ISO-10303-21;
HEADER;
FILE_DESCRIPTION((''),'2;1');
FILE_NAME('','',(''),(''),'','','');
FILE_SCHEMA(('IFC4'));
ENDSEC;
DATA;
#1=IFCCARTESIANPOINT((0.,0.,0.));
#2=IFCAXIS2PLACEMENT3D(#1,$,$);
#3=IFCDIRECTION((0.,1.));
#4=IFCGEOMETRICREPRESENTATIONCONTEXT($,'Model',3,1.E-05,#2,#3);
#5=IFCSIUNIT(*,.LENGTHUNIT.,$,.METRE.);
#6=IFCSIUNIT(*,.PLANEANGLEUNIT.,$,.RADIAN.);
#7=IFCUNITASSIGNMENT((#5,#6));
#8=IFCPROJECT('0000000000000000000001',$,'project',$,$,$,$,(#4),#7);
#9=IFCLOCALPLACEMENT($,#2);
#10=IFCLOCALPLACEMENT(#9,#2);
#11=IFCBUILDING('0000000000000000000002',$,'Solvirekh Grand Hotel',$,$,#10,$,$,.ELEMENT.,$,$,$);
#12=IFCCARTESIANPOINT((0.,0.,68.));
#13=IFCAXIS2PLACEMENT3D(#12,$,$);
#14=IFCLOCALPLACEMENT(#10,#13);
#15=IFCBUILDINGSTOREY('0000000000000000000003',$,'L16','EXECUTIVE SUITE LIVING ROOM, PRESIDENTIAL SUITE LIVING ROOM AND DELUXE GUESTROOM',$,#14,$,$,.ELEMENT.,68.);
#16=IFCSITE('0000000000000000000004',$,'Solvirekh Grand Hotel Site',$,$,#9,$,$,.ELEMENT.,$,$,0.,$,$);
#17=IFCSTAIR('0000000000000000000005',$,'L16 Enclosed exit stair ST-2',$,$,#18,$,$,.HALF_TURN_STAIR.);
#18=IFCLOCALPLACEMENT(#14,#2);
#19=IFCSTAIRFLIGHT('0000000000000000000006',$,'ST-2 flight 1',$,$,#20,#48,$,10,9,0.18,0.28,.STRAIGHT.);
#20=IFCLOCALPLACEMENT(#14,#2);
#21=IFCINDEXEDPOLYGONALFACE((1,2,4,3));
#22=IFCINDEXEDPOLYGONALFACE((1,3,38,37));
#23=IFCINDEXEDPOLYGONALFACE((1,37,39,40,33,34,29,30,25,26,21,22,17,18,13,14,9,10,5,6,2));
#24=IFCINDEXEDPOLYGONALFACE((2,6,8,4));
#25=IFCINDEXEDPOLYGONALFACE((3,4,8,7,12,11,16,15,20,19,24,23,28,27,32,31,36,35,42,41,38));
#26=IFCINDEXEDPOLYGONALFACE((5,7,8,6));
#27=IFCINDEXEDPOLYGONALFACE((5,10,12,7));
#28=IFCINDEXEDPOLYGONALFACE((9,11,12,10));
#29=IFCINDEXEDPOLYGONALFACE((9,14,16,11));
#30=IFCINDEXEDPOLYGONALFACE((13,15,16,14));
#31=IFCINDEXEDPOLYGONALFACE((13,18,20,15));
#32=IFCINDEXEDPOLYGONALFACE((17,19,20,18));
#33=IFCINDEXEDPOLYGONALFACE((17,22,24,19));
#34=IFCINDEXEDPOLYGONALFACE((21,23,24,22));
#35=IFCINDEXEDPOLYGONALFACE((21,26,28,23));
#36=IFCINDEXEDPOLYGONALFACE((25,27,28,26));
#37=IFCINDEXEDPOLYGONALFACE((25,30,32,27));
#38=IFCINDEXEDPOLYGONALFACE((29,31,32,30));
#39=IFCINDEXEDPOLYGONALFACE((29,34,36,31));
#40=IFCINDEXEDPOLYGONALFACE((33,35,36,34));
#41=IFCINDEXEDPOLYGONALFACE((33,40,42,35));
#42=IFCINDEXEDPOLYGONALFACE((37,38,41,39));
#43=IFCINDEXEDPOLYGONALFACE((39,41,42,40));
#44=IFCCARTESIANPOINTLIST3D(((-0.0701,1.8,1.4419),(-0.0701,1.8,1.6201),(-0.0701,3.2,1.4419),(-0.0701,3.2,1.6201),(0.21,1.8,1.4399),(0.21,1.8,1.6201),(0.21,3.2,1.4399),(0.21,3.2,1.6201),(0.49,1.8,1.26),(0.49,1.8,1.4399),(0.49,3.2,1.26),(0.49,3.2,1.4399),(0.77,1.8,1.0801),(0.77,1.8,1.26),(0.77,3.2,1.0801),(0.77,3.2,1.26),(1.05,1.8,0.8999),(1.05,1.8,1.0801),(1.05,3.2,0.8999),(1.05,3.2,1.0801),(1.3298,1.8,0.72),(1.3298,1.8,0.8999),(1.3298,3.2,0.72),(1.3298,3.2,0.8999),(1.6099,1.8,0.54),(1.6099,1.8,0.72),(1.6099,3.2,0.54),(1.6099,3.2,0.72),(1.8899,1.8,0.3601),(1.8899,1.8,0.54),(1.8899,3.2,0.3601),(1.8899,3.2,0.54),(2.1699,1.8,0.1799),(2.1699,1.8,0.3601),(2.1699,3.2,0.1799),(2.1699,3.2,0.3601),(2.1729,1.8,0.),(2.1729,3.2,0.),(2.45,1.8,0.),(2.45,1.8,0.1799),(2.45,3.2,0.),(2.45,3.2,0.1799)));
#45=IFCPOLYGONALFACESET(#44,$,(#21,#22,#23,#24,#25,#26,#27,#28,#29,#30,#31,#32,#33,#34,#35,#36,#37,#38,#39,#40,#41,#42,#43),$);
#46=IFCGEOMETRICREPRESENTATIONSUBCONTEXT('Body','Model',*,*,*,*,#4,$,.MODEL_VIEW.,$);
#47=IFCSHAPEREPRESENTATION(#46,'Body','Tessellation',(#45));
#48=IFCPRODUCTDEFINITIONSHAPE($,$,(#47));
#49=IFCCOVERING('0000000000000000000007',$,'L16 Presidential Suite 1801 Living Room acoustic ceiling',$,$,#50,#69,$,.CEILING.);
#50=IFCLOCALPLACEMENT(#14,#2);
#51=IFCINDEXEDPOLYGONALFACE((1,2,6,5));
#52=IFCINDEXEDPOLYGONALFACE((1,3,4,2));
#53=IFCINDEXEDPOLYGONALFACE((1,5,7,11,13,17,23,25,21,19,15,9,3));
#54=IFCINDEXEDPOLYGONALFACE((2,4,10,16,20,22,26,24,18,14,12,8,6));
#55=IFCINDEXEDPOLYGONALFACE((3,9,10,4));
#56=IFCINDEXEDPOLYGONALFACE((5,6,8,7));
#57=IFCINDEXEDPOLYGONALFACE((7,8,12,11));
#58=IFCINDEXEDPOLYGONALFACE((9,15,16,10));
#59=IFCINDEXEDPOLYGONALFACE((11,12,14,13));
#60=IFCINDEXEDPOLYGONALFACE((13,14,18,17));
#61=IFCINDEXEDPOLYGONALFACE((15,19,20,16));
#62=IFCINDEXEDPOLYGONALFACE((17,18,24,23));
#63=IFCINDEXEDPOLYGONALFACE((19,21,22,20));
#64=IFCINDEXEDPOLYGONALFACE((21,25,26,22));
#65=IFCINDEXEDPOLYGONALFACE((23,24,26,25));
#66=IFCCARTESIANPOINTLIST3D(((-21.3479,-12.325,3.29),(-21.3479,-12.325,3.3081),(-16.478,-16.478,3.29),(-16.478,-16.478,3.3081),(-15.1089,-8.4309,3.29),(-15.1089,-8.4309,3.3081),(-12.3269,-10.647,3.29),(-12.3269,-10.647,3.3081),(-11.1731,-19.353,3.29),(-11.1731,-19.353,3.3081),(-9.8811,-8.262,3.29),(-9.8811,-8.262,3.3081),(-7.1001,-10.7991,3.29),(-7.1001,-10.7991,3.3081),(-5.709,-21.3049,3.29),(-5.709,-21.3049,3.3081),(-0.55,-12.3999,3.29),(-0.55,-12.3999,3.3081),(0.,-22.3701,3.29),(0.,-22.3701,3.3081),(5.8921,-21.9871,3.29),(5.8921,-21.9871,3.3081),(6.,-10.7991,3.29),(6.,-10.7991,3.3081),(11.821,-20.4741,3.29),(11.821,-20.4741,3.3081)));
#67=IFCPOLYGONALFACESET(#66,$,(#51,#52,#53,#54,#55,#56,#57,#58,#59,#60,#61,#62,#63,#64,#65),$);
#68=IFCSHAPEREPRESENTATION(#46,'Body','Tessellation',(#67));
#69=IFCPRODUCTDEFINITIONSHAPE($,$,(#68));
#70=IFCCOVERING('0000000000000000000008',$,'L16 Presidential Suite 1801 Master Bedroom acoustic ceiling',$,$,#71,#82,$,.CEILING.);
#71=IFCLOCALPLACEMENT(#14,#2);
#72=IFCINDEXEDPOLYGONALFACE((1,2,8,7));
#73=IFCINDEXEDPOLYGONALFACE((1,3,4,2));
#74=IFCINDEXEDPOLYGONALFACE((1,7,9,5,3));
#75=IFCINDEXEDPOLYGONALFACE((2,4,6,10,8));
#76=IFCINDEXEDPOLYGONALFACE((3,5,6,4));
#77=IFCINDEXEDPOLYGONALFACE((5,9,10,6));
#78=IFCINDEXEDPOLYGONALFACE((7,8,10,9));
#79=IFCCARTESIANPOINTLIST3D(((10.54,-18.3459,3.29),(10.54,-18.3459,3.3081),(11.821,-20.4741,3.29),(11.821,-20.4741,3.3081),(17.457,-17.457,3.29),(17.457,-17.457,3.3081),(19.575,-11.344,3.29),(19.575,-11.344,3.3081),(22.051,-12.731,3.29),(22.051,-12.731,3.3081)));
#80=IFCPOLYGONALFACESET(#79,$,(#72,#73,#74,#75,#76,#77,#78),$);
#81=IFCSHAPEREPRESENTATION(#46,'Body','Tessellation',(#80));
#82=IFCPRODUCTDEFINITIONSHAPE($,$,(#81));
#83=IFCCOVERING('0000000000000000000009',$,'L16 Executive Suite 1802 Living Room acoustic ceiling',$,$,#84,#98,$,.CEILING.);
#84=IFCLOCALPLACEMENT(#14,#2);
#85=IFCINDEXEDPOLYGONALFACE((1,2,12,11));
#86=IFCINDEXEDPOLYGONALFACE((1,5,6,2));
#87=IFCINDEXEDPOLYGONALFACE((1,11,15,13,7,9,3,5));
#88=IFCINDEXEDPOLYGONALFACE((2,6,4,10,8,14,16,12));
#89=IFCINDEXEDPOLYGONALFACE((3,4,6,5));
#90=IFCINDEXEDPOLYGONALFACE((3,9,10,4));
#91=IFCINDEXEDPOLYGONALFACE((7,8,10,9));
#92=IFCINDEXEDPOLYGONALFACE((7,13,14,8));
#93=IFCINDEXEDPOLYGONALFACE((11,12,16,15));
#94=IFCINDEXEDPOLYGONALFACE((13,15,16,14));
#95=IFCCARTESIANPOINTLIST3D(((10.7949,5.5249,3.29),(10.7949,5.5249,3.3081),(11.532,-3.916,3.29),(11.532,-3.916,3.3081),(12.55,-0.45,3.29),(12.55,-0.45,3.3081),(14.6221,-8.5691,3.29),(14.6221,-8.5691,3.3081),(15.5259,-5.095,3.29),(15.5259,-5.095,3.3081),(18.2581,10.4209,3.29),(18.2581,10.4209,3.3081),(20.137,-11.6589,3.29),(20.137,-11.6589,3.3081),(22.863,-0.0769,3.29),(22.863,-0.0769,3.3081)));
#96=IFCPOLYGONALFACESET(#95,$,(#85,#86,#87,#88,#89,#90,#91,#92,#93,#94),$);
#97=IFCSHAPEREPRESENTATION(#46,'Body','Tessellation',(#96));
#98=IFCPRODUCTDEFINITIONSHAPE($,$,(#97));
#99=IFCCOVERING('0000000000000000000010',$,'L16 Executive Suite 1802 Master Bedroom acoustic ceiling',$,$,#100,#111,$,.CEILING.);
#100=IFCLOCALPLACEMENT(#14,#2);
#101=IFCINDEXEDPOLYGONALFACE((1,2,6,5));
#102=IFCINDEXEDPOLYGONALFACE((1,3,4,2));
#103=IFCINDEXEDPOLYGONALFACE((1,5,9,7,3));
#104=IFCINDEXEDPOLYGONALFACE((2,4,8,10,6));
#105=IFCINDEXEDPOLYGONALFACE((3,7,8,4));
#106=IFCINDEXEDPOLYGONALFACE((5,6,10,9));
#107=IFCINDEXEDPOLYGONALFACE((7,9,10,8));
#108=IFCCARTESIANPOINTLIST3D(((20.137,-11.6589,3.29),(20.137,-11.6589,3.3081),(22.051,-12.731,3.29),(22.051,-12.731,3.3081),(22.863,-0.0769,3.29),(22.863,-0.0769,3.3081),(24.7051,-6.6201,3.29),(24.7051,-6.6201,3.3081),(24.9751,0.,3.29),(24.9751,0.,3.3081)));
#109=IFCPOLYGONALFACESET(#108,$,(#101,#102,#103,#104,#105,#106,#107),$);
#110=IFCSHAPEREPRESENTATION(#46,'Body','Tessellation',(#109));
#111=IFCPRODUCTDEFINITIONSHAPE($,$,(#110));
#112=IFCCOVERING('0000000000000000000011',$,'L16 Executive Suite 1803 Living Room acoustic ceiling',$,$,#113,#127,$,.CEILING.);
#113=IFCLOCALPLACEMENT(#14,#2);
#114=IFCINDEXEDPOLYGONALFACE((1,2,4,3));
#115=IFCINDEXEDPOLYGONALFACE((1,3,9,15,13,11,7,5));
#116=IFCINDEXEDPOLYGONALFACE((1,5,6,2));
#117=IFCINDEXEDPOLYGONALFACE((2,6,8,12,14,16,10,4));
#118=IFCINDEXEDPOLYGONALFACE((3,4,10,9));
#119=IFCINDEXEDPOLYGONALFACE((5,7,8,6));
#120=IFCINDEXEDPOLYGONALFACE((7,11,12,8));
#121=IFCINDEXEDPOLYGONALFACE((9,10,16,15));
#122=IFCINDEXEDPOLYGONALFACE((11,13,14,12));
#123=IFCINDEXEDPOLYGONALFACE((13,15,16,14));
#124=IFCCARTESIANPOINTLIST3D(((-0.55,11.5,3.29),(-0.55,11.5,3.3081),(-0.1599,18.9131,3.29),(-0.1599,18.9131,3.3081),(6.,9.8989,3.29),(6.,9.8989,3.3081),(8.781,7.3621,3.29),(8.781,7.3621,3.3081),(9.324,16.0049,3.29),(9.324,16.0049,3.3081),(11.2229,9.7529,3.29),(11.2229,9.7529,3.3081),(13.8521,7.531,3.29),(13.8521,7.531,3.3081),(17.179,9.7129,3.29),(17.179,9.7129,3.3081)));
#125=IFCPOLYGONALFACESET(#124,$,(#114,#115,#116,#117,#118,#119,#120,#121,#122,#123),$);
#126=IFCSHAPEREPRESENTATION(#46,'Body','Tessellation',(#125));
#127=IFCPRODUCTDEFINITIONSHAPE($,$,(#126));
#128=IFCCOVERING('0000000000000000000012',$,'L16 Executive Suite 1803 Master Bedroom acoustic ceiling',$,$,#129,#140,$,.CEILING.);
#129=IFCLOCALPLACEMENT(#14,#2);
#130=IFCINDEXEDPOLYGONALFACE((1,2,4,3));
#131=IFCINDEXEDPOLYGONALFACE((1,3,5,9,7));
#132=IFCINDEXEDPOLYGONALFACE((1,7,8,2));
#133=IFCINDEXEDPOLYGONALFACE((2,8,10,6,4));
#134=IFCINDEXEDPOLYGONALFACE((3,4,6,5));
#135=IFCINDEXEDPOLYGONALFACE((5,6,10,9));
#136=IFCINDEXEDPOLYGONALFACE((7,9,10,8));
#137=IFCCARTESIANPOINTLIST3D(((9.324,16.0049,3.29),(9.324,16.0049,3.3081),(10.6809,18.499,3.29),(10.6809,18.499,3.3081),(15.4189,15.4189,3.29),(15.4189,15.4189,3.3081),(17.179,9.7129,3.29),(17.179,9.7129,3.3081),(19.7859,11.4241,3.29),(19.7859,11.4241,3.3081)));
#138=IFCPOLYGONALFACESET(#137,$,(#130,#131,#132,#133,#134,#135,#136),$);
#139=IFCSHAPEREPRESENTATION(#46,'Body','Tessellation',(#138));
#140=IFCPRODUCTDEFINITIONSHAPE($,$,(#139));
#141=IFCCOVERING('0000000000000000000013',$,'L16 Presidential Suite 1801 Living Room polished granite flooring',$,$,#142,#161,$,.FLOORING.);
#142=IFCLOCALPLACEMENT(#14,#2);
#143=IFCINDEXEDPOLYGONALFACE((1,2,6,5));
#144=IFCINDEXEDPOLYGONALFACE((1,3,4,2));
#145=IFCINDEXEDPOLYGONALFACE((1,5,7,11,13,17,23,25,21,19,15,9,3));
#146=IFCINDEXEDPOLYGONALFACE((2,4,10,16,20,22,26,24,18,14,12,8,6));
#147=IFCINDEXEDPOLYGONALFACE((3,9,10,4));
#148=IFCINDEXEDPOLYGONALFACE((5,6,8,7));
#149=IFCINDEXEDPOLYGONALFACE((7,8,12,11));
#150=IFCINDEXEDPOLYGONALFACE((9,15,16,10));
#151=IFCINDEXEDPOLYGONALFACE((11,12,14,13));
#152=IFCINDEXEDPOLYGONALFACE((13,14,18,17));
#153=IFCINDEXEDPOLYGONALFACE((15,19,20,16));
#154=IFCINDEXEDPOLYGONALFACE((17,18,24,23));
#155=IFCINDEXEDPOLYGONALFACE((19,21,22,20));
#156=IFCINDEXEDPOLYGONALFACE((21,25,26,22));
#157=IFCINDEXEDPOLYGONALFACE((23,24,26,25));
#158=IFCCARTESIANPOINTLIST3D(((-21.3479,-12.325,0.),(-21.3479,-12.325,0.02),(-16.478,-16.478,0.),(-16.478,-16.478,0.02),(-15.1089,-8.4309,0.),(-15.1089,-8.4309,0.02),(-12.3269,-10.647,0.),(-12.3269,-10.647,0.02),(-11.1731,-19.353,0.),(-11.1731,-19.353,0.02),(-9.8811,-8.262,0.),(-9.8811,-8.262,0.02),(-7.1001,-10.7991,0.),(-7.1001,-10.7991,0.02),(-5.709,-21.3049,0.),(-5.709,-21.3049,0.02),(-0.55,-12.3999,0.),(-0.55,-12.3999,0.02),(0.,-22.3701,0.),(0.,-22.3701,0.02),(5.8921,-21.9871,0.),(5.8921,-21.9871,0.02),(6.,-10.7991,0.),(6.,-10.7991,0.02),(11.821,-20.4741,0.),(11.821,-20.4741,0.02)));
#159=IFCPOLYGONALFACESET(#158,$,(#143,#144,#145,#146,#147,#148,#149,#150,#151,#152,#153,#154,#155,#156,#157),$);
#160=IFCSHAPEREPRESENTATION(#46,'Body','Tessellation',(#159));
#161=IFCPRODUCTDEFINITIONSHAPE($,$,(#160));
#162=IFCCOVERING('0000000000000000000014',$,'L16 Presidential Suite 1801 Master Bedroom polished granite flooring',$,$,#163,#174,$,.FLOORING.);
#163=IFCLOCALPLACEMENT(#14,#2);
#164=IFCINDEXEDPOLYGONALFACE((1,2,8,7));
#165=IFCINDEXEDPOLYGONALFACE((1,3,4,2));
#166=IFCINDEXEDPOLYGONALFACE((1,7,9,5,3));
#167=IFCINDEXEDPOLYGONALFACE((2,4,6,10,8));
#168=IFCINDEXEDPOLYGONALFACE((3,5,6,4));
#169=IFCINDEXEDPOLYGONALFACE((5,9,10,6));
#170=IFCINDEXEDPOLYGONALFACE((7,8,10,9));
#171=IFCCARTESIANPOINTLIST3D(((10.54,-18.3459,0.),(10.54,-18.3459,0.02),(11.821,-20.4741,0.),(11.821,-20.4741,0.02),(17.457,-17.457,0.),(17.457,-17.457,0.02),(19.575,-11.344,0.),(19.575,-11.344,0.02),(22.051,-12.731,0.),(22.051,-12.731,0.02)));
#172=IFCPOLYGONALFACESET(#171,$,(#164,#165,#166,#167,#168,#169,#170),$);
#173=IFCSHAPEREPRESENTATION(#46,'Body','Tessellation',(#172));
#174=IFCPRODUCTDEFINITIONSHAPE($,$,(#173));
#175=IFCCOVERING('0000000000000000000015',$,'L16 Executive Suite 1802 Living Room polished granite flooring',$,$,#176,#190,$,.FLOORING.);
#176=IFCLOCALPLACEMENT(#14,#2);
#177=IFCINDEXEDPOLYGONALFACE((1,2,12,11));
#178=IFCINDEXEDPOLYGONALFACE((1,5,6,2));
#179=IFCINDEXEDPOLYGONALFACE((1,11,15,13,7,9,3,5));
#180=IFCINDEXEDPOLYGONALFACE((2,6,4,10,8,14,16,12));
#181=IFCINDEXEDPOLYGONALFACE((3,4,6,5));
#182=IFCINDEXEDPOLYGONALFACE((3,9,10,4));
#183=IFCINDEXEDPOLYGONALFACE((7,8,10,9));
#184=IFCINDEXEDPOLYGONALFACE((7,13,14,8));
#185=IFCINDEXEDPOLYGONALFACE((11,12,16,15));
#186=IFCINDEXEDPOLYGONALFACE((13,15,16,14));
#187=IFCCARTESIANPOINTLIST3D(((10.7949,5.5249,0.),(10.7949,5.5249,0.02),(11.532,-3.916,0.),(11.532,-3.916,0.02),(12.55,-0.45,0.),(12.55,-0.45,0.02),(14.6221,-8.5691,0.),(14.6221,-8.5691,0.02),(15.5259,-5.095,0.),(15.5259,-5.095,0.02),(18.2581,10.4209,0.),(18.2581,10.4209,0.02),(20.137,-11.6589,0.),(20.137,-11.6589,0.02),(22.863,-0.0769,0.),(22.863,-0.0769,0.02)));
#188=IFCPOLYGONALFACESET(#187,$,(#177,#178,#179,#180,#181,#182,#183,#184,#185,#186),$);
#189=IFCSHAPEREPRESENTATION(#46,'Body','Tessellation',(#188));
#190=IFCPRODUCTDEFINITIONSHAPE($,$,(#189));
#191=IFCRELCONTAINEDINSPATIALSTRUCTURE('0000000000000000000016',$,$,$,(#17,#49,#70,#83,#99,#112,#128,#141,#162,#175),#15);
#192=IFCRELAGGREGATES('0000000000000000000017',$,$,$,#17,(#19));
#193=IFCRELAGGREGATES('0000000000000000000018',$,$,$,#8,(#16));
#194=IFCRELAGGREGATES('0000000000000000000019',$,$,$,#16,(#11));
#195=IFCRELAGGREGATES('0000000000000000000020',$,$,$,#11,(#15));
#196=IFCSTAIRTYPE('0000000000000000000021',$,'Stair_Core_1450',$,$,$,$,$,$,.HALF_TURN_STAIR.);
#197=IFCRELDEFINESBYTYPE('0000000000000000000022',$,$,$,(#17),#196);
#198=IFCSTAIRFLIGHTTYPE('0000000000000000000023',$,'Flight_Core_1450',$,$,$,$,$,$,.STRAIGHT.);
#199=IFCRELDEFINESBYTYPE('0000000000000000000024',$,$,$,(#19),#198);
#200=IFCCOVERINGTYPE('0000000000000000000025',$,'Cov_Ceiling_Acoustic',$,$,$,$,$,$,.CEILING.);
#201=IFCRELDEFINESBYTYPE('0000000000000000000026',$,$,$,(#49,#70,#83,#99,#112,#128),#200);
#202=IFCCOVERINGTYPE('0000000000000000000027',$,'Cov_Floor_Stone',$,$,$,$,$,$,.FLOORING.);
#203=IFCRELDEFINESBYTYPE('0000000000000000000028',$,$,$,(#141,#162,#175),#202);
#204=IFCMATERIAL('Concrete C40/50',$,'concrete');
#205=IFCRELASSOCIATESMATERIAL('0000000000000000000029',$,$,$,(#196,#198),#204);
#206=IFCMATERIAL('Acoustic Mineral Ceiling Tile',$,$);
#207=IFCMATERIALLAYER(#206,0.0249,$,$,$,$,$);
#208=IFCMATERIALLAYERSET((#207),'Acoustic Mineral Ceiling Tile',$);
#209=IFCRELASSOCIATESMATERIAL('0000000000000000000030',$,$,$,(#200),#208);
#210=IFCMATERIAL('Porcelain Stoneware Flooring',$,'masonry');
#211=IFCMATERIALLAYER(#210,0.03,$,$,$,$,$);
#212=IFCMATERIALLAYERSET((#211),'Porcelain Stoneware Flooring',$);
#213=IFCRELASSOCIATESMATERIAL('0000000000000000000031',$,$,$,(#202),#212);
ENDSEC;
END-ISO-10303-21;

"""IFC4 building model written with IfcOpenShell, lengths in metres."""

from ifc_helpers import new_model, si_unit, direction, frame, origin, place, context, subcontext, project, spatial, polyline, outline, extrude, material, layer, layer_set, type_object, element, aggregate, save


model = new_model("IFC4")

# Units and contexts
model_context = context("Model", 3, precision=1e-05, world=origin(), true_north=direction((0.0, 1.0)))
body_context = subcontext(model_context, "Body", "Model", "MODEL_VIEW")
ifc_project = project(units=[si_unit("LENGTHUNIT", "METRE"), si_unit("PLANEANGLEUNIT", "RADIAN")], contexts=[model_context])

# Site, building, storey
site_placement = place(None, origin())
site = spatial("IfcSite", under=ifc_project, at=site_placement, Name="Solvirekh Grand Hotel Site", CompositionType="ELEMENT", RefElevation=0.0)
building_placement = place(site_placement, origin())
building = spatial("IfcBuilding", under=site, at=building_placement, Name="Solvirekh Grand Hotel", CompositionType="ELEMENT")
storey_placement = place(building_placement, frame((0.0, 0.0, 68.0)))
storey = spatial("IfcBuildingStorey", under=building, at=storey_placement, Name="L16", Description="EXECUTIVE SUITE LIVING ROOM, PRESIDENTIAL SUITE LIVING ROOM AND DELUXE GUESTROOM", CompositionType="ELEMENT", Elevation=68.0)

# Stair
ifc_material_1 = material(Name="Concrete C40/50", Category="concrete")
stair_type = type_object("IfcStairType", Name="Stair_Core_1450", PredefinedType="HALF_TURN_STAIR", material=ifc_material_1)
stair_placement = place(storey_placement, origin())
stair = element("IfcStair", 1, at=stair_placement, inside=storey, type_object=stair_type, Name="L16 Enclosed exit stair ST-2", PredefinedType="HALF_TURN_STAIR")

# Stair flight
stair_flight_type = type_object("IfcStairFlightType", Name="Flight_Core_1450", PredefinedType="STRAIGHT", material=ifc_material_1)
stair_flight_placement = place(storey_placement, frame((2.45, 2.5, 0.0), z_axis=(0.0, 0.0, 1.0), x_axis=(-1.0, 0.0, 0.0)))
stair_flight = element("IfcStairFlight", 2, at=stair_flight_placement, type_object=stair_flight_type, Name="ST-2 flight 1", NumberOfRisers=10, NumberOfTreads=9, PredefinedType="STRAIGHT", RiserHeight=0.18, TreadLength=0.28, context=body_context, shape_type="SweptSolid", body=[
    extrude(outline(polyline([(0.0, 0.0), (0.0, 0.1799), (0.28, 0.1799), (0.28, 0.3601), (0.5601, 0.3601), (0.5601, 0.54), (0.8401, 0.54), (0.8401, 0.72), (1.1201, 0.72), (1.1201, 0.8999), (1.3999, 0.8999), (1.3999, 1.0801), (1.6799, 1.0801), (1.6799, 1.26), (1.96, 1.26), (1.96, 1.4399), (2.24, 1.4399), (2.24, 1.6201), (2.52, 1.6201), (2.52, 1.8), (2.52, 1.4419), (0.2771, 0.0), (0.0, 0.0)])), frame((0.0, 0.7, 0.0), z_axis=(0.0, -1.0, 0.0), x_axis=(1.0, 0.0, 0.0)), (0.0, 0.0, 1.0), 1.3999),
])
aggregate(stair, [stair_flight])

# Coverings
ifc_material_2 = material(Name="Acoustic Mineral Ceiling Tile")
ifc_layer_1 = layer(ifc_material_2, 0.0249)
ifc_layer_set_1 = layer_set([ifc_layer_1], Name="Acoustic Mineral Ceiling Tile")
covering_type_1 = type_object("IfcCoveringType", Name="Cov_Ceiling_Acoustic", PredefinedType="CEILING", material=ifc_layer_set_1)
covering_1_placement = place(storey_placement, frame((0.0, 0.0, 3.29)))
element("IfcCovering", 3, at=covering_1_placement, inside=storey, type_object=covering_type_1, Name="L16 Presidential Suite 1801 Living Room acoustic ceiling", PredefinedType="CEILING", context=body_context, shape_type="SweptSolid", body=[
    extrude(outline(polyline([(-12.3269, -10.647), (-15.1089, -8.4309), (-21.3479, -12.325), (-16.478, -16.478), (-11.1731, -19.353), (-5.709, -21.3049), (0.0, -22.3701), (5.8921, -21.9871), (11.821, -20.4741), (6.0, -10.7991), (-0.55, -12.3999), (-7.1001, -10.7991), (-9.8811, -8.262), (-12.3269, -10.647)])), origin(), (0.0, 0.0, 1.0), 0.0181),
])
covering_2_placement = place(storey_placement, frame((0.0, 0.0, 3.29)))
element("IfcCovering", 4, at=covering_2_placement, inside=storey, type_object=covering_type_1, Name="L16 Presidential Suite 1801 Master Bedroom acoustic ceiling", PredefinedType="CEILING", context=body_context, shape_type="SweptSolid", body=[
    extrude(outline(polyline([(11.821, -20.4741), (17.457, -17.457), (22.051, -12.731), (19.575, -11.344), (10.54, -18.3459), (11.821, -20.4741)])), origin(), (0.0, 0.0, 1.0), 0.0181),
])
covering_3_placement = place(storey_placement, frame((0.0, 0.0, 3.29)))
element("IfcCovering", 5, at=covering_3_placement, inside=storey, type_object=covering_type_1, Name="L16 Executive Suite 1802 Living Room acoustic ceiling", PredefinedType="CEILING", context=body_context, shape_type="SweptSolid", body=[
    extrude(outline(polyline([(15.5259, -5.095), (14.6221, -8.5691), (20.137, -11.6589), (22.863, -0.0769), (18.2581, 10.4209), (10.7949, 5.5249), (12.55, -0.45), (11.532, -3.916), (15.5259, -5.095)])), origin(), (0.0, 0.0, 1.0), 0.0181),
])
covering_4_placement = place(storey_placement, frame((0.0, 0.0, 3.29)))
element("IfcCovering", 6, at=covering_4_placement, inside=storey, type_object=covering_type_1, Name="L16 Executive Suite 1802 Master Bedroom acoustic ceiling", PredefinedType="CEILING", context=body_context, shape_type="SweptSolid", body=[
    extrude(outline(polyline([(22.051, -12.731), (24.7051, -6.6201), (24.9751, 0.0), (22.863, -0.0769), (20.137, -11.6589), (22.051, -12.731)])), origin(), (0.0, 0.0, 1.0), 0.0181),
])
covering_5_placement = place(storey_placement, frame((0.0, 0.0, 3.29)))
element("IfcCovering", 7, at=covering_5_placement, inside=storey, type_object=covering_type_1, Name="L16 Executive Suite 1803 Living Room acoustic ceiling", PredefinedType="CEILING", context=body_context, shape_type="SweptSolid", body=[
    extrude(outline(polyline([(11.2229, 9.7529), (13.8521, 7.531), (17.179, 9.7129), (9.324, 16.0049), (-0.1599, 18.9131), (-0.55, 11.5), (6.0, 9.8989), (8.781, 7.3621), (11.2229, 9.7529)])), origin(), (0.0, 0.0, 1.0), 0.0181),
])
covering_6_placement = place(storey_placement, frame((0.0, 0.0, 3.29)))
element("IfcCovering", 8, at=covering_6_placement, inside=storey, type_object=covering_type_1, Name="L16 Executive Suite 1803 Master Bedroom acoustic ceiling", PredefinedType="CEILING", context=body_context, shape_type="SweptSolid", body=[
    extrude(outline(polyline([(19.7859, 11.4241), (15.4189, 15.4189), (10.6809, 18.499), (9.324, 16.0049), (17.179, 9.7129), (19.7859, 11.4241)])), origin(), (0.0, 0.0, 1.0), 0.0181),
])
ifc_material_3 = material(Name="Porcelain Stoneware Flooring", Category="masonry")
ifc_layer_2 = layer(ifc_material_3, 0.03)
ifc_layer_set_2 = layer_set([ifc_layer_2], Name="Porcelain Stoneware Flooring")
covering_type_2 = type_object("IfcCoveringType", Name="Cov_Floor_Stone", PredefinedType="FLOORING", material=ifc_layer_set_2)
covering_7_placement = place(storey_placement, origin())
element("IfcCovering", 9, at=covering_7_placement, inside=storey, type_object=covering_type_2, Name="L16 Presidential Suite 1801 Living Room polished granite flooring", PredefinedType="FLOORING", context=body_context, shape_type="SweptSolid", body=[
    extrude(outline(polyline([(-12.3269, -10.647), (-15.1089, -8.4309), (-21.3479, -12.325), (-16.478, -16.478), (-11.1731, -19.353), (-5.709, -21.3049), (0.0, -22.3701), (5.8921, -21.9871), (11.821, -20.4741), (6.0, -10.7991), (-0.55, -12.3999), (-7.1001, -10.7991), (-9.8811, -8.262), (-12.3269, -10.647)])), origin(), (0.0, 0.0, 1.0), 0.02),
])
covering_8_placement = place(storey_placement, origin())
element("IfcCovering", 10, at=covering_8_placement, inside=storey, type_object=covering_type_2, Name="L16 Presidential Suite 1801 Master Bedroom polished granite flooring", PredefinedType="FLOORING", context=body_context, shape_type="SweptSolid", body=[
    extrude(outline(polyline([(11.821, -20.4741), (17.457, -17.457), (22.051, -12.731), (19.575, -11.344), (10.54, -18.3459), (11.821, -20.4741)])), origin(), (0.0, 0.0, 1.0), 0.02),
])
covering_9_placement = place(storey_placement, origin())
element("IfcCovering", 11, at=covering_9_placement, inside=storey, type_object=covering_type_2, Name="L16 Executive Suite 1802 Living Room polished granite flooring", PredefinedType="FLOORING", context=body_context, shape_type="SweptSolid", body=[
    extrude(outline(polyline([(15.5259, -5.095), (14.6221, -8.5691), (20.137, -11.6589), (22.863, -0.0769), (18.2581, 10.4209), (10.7949, 5.5249), (12.55, -0.45), (11.532, -3.916), (15.5259, -5.095)])), origin(), (0.0, 0.0, 1.0), 0.02),
])

save(model, "model.ifc")
